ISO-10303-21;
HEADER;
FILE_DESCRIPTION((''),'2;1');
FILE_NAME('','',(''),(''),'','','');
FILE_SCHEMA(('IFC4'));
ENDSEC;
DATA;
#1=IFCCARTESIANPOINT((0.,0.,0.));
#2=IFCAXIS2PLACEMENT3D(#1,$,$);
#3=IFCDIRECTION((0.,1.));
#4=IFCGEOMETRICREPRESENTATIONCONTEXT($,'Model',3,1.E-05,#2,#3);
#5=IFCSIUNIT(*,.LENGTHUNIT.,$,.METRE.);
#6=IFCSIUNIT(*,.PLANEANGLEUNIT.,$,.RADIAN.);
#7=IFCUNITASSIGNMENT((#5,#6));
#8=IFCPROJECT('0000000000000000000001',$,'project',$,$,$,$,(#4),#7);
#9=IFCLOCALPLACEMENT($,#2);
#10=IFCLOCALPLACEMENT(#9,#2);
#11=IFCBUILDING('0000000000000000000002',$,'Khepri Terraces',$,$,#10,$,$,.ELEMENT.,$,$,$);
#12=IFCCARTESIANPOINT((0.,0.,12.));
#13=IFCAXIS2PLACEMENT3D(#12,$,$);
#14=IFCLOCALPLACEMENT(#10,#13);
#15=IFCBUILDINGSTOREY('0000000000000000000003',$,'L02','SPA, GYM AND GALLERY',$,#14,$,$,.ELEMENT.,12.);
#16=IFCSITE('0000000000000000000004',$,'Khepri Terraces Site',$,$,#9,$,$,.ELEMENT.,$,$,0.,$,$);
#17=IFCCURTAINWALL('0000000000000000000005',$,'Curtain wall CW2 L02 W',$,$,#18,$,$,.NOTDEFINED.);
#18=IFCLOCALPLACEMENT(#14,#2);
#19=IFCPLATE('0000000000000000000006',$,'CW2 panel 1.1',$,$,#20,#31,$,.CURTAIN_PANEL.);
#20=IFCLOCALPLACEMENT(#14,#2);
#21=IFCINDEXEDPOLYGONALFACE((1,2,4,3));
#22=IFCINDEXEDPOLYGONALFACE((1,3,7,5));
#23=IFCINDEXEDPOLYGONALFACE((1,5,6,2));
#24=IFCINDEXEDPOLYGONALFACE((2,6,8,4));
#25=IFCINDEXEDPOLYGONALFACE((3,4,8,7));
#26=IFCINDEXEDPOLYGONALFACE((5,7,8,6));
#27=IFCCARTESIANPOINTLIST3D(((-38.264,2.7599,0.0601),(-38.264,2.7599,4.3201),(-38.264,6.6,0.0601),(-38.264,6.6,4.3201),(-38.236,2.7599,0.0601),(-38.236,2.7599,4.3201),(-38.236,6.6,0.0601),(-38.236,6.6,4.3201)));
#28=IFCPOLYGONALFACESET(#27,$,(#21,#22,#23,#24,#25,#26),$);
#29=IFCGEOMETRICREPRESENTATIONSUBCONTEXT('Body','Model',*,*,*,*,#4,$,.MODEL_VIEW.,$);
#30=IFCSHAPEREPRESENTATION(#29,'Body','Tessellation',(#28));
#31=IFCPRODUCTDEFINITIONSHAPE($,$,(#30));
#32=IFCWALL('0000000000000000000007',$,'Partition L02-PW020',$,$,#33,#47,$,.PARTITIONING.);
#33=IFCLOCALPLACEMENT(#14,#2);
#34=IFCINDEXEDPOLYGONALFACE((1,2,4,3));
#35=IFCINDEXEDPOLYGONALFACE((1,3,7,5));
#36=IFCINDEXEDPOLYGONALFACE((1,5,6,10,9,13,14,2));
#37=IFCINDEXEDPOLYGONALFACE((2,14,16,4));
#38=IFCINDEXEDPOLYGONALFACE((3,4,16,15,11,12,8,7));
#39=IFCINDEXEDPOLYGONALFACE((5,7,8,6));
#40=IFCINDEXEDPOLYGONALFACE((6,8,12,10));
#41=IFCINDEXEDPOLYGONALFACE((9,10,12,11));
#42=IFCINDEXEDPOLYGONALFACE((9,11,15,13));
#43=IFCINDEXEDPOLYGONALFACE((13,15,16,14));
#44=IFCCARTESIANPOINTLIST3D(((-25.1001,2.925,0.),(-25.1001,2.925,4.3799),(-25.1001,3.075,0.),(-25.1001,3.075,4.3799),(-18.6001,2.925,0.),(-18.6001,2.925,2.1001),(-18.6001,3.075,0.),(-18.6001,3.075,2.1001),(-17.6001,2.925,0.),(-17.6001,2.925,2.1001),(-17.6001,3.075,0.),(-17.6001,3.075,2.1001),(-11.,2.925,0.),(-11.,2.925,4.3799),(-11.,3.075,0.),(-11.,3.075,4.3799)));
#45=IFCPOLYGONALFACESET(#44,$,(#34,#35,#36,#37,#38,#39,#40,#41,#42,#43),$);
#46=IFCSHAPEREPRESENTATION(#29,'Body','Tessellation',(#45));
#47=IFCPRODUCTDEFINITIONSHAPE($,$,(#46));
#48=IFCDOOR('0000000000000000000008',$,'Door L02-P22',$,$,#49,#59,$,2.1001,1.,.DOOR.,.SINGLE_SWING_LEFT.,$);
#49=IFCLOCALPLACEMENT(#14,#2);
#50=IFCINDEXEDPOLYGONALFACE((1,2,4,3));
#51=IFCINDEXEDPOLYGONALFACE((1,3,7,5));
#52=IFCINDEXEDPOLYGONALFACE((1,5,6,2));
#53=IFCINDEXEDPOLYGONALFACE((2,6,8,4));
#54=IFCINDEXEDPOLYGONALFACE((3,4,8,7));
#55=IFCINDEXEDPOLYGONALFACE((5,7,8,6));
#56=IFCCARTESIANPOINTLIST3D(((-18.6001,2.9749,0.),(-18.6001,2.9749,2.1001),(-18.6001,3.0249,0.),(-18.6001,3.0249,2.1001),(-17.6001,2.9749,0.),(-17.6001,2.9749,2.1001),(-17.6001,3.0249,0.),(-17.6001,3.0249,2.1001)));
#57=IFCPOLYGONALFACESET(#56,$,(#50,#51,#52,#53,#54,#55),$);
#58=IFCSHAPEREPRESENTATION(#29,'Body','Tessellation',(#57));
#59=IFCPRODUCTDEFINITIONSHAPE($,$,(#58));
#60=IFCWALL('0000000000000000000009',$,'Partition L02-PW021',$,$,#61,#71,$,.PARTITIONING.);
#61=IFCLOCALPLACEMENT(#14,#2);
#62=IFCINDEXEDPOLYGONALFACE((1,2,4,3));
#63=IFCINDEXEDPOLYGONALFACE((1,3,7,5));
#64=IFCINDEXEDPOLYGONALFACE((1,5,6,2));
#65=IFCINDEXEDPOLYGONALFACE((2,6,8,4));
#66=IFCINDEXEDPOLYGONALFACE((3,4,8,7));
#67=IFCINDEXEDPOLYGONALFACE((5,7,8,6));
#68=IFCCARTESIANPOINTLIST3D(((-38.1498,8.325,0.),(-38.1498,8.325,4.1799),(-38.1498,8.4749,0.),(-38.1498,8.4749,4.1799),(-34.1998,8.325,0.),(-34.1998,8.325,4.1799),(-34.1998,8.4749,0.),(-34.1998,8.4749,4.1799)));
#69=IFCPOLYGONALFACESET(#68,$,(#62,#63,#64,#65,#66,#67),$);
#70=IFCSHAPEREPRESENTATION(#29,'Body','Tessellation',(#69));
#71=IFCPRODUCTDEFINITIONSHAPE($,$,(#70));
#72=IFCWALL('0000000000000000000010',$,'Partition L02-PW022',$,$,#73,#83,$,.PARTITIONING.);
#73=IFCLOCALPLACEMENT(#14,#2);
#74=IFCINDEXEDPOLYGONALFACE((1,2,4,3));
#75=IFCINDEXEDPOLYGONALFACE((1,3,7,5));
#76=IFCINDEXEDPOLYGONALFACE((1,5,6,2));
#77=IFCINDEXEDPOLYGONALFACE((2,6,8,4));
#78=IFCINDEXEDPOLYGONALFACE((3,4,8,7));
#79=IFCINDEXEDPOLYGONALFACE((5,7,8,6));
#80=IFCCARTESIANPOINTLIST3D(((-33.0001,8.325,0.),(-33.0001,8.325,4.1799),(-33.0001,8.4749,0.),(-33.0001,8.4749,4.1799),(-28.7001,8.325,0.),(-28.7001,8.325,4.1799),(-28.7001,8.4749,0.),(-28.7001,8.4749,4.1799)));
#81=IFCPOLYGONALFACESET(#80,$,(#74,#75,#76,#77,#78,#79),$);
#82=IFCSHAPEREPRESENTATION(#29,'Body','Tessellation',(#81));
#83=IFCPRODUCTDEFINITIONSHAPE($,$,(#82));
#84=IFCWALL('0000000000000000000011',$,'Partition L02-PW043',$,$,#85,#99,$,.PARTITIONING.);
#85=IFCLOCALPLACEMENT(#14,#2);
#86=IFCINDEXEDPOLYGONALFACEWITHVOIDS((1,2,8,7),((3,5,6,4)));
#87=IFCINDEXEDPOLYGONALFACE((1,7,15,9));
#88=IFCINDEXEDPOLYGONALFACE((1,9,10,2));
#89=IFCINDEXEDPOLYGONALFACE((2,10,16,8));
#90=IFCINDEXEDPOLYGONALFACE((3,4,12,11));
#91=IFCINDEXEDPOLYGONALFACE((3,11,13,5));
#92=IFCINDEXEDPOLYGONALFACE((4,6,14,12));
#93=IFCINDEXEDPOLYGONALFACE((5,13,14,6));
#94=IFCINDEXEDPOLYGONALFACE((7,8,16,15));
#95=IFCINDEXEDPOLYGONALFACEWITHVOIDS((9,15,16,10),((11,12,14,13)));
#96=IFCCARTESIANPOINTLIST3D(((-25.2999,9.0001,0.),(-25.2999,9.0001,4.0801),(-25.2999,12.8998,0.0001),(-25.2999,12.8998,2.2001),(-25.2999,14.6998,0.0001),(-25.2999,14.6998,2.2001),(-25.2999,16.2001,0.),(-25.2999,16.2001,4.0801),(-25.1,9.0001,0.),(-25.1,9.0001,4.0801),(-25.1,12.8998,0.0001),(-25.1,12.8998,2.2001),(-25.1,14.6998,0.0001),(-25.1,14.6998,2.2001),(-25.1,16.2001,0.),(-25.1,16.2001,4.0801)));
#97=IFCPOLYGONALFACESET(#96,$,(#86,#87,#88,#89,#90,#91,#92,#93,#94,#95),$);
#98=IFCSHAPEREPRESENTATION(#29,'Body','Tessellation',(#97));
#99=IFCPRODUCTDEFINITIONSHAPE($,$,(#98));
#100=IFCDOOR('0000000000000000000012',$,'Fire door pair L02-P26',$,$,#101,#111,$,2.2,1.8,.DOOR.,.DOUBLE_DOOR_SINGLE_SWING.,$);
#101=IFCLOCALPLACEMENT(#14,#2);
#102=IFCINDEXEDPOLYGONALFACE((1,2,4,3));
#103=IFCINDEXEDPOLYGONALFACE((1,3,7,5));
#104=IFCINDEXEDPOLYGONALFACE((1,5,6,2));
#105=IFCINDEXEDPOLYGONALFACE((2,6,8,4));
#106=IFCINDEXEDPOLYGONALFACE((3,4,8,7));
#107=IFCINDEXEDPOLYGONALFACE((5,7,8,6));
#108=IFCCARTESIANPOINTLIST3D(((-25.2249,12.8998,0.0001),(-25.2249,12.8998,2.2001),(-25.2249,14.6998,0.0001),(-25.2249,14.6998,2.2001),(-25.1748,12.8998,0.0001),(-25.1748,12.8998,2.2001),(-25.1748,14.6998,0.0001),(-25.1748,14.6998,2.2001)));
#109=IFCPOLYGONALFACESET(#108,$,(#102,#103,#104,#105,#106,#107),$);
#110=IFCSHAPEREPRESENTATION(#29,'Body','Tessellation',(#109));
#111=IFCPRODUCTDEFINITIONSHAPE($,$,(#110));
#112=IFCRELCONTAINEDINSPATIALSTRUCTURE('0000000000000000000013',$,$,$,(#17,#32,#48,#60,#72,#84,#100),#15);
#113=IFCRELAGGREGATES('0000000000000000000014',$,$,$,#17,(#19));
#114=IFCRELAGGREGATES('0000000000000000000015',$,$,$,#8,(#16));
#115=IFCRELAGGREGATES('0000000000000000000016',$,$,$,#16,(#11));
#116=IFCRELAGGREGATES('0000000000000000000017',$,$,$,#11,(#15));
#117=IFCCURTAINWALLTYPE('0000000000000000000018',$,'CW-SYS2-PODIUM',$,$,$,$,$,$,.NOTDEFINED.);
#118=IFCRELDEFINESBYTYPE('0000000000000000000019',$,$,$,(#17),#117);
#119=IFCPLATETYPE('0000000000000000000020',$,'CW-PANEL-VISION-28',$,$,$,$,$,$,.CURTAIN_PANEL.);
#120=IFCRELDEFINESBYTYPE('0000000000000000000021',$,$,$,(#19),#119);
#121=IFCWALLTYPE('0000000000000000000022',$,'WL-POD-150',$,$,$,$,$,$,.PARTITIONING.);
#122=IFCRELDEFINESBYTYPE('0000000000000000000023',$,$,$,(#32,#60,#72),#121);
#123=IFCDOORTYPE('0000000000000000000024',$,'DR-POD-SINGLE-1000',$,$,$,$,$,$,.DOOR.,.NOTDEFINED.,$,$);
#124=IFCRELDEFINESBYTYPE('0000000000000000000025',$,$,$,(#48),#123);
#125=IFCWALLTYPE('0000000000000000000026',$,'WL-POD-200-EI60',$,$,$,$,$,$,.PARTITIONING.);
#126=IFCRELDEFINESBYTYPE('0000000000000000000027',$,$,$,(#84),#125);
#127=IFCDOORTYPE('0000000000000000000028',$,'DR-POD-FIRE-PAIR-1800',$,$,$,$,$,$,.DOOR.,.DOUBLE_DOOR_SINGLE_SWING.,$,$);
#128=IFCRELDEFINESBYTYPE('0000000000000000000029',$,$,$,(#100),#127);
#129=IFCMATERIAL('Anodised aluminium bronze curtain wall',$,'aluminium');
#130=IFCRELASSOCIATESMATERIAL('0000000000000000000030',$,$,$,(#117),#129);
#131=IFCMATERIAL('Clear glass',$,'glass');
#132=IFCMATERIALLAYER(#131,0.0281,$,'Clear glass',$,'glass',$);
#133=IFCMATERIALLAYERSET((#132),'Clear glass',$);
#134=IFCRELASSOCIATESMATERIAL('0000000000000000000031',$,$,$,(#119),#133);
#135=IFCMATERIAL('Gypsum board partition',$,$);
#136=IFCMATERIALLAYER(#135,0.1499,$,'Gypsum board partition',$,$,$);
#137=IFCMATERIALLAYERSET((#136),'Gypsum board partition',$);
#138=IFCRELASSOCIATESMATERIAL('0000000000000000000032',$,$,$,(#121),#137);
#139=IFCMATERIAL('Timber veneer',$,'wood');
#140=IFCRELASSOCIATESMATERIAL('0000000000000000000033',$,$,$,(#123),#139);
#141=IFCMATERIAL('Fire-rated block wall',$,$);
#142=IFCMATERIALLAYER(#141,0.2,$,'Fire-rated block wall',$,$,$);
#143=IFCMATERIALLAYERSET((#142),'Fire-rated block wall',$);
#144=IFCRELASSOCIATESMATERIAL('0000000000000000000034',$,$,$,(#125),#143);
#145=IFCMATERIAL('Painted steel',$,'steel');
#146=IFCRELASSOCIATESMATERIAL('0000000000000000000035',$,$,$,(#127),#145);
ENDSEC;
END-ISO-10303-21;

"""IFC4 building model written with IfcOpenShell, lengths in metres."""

from ifc_helpers import new_model, si_unit, direction, frame, frame_2d, origin, origin_2d, place, context, subcontext, project, spatial, rectangle, extrude, material, layer, layer_set, type_object, element, fill, aggregate, save


model = new_model("IFC4")

# Units and contexts
model_context = context("Model", 3, precision=1e-05, world=origin(), true_north=direction((0.0, 1.0)))
body_context = subcontext(model_context, "Body", "Model", "MODEL_VIEW")
ifc_project = project(units=[si_unit("LENGTHUNIT", "METRE"), si_unit("PLANEANGLEUNIT", "RADIAN")], contexts=[model_context])

# Site, building, storey
site_placement = place(None, origin())
site = spatial("IfcSite", under=ifc_project, at=site_placement, Name="Khepri Terraces Site", CompositionType="ELEMENT", RefElevation=0.0)
building_placement = place(site_placement, origin())
building = spatial("IfcBuilding", under=site, at=building_placement, Name="Khepri Terraces", CompositionType="ELEMENT")
storey_placement = place(building_placement, frame((0.0, 0.0, 12.0)))
storey = spatial("IfcBuildingStorey", under=building, at=storey_placement, Name="L02", Description="SPA, GYM AND GALLERY", CompositionType="ELEMENT", Elevation=12.0)

# Curtain wall
ifc_material_1 = material(Name="Anodised aluminium bronze curtain wall", Category="aluminium")
curtain_wall_type = type_object("IfcCurtainWallType", Name="CW-SYS2-PODIUM", PredefinedType="NOTDEFINED", material=ifc_material_1)
curtain_wall_placement = place(storey_placement, origin())
curtain_wall = element("IfcCurtainWall", 1, at=curtain_wall_placement, inside=storey, type_object=curtain_wall_type, Name="Curtain wall CW2 L02 W", PredefinedType="NOTDEFINED")

# Plate
ifc_material_2 = material(Name="Clear glass", Category="glass")
ifc_layer_1 = layer(ifc_material_2, 0.0281, Name="Clear glass", Category="glass")
ifc_layer_set_1 = layer_set([ifc_layer_1], Name="Clear glass")
plate_type = type_object("IfcPlateType", Name="CW-PANEL-VISION-28", PredefinedType="CURTAIN_PANEL", material=ifc_layer_set_1)
plate_placement = place(storey_placement, frame((-38.25, 4.6799, 0.0601), z_axis=(0.0, 0.0, 1.0), x_axis=(0.0, -1.0, 0.0)))
plate = element("IfcPlate", 2, at=plate_placement, type_object=plate_type, Name="CW2 panel 1.1", PredefinedType="CURTAIN_PANEL", context=body_context, shape_type="SweptSolid", body=[
    extrude(rectangle(XDim=3.8401, YDim=0.0281, at=origin_2d()), origin(), (0.0, 0.0, 1.0), 4.26),
])
aggregate(curtain_wall, [plate])

# Wall, opening, door
ifc_material_3 = material(Name="Gypsum board partition")
ifc_layer_2 = layer(ifc_material_3, 0.1499, Name="Gypsum board partition")
ifc_layer_set_2 = layer_set([ifc_layer_2], Name="Gypsum board partition")
wall_type_1 = type_object("IfcWallType", Name="WL-POD-150", PredefinedType="PARTITIONING", material=ifc_layer_set_2)
wall_1_placement = place(storey_placement, frame((-25.1001, 3.0, 0.0), z_axis=(0.0, 0.0, 1.0), x_axis=(1.0, 0.0, 0.0)))
wall_1 = element("IfcWall", 3, at=wall_1_placement, inside=storey, type_object=wall_type_1, Name="Partition L02-PW020", PredefinedType="PARTITIONING", context=body_context, shape_type="SweptSolid", body=[
    extrude(rectangle(XDim=14.1001, YDim=0.1499, at=frame_2d((7.05, 0.0))), origin(), (0.0, 0.0, 1.0), 4.3799),
])
opening_1_placement = place(wall_1_placement, frame((6.5, 0.0, 0.0)))
opening_1 = element("IfcOpeningElement", 4, at=opening_1_placement, cuts=wall_1, PredefinedType="OPENING", context=body_context, shape_type="SweptSolid", body=[
    extrude(rectangle(XDim=1.0, YDim=2.1001, at=frame_2d((0.5, 1.05))), frame((0.0, 0.085, 0.0), z_axis=(0.0, -1.0, 0.0), x_axis=(1.0, 0.0, 0.0)), (0.0, 0.0, 1.0), 0.1699),
])
ifc_material_4 = material(Name="Timber veneer", Category="wood")
door_type_1 = type_object("IfcDoorType", Name="DR-POD-SINGLE-1000", OperationType="NOTDEFINED", PredefinedType="DOOR", material=ifc_material_4)
door_1_placement = place(opening_1_placement, origin())
door_1 = element("IfcDoor", 5, at=door_1_placement, inside=storey, type_object=door_type_1, Name="Door L02-P22", OperationType="SINGLE_SWING_LEFT", OverallHeight=2.1001, OverallWidth=1.0, PredefinedType="DOOR", context=body_context, shape_type="SweptSolid", body=[
    extrude(rectangle(XDim=1.0, YDim=2.1001, at=frame_2d((0.5, 1.05))), frame((0.0, 0.0249, 0.0), z_axis=(0.0, -1.0, 0.0), x_axis=(1.0, 0.0, 0.0)), (0.0, 0.0, 1.0), 0.05),
])
fill(opening_1, door_1)

# Walls
wall_2_placement = place(storey_placement, frame((-38.1499, 8.3999, 0.0), z_axis=(0.0, 0.0, 1.0), x_axis=(1.0, 0.0, 0.0)))
element("IfcWall", 6, at=wall_2_placement, inside=storey, type_object=wall_type_1, Name="Partition L02-PW021", PredefinedType="PARTITIONING", context=body_context, shape_type="SweptSolid", body=[
    extrude(rectangle(XDim=3.95, YDim=0.1499, at=frame_2d((1.9751, 0.0))), origin(), (0.0, 0.0, 1.0), 4.1799),
])
wall_3_placement = place(storey_placement, frame((-33.0, 8.3999, 0.0), z_axis=(0.0, 0.0, 1.0), x_axis=(1.0, 0.0, 0.0)))
element("IfcWall", 7, at=wall_3_placement, inside=storey, type_object=wall_type_1, Name="Partition L02-PW022", PredefinedType="PARTITIONING", context=body_context, shape_type="SweptSolid", body=[
    extrude(rectangle(XDim=4.3, YDim=0.1499, at=frame_2d((2.1499, 0.0))), origin(), (0.0, 0.0, 1.0), 4.1799),
])

# Wall, opening, door
ifc_material_5 = material(Name="Fire-rated block wall")
ifc_layer_3 = layer(ifc_material_5, 0.2, Name="Fire-rated block wall")
ifc_layer_set_3 = layer_set([ifc_layer_3], Name="Fire-rated block wall")
wall_type_2 = type_object("IfcWallType", Name="WL-POD-200-EI60", PredefinedType="PARTITIONING", material=ifc_layer_set_3)
wall_4_placement = place(storey_placement, frame((-25.2, 9.0, 0.0), z_axis=(0.0, 0.0, 1.0), x_axis=(0.0, 1.0, 0.0)))
wall_4 = element("IfcWall", 8, at=wall_4_placement, inside=storey, type_object=wall_type_2, Name="Partition L02-PW043", PredefinedType="PARTITIONING", context=body_context, shape_type="SweptSolid", body=[
    extrude(rectangle(XDim=7.2, YDim=0.2, at=frame_2d((3.6001, 0.0))), origin(), (0.0, 0.0, 1.0), 4.0801),
])
opening_2_placement = place(wall_4_placement, frame((3.8999, 0.0, 0.0)))
opening_2 = element("IfcOpeningElement", 9, at=opening_2_placement, cuts=wall_4, PredefinedType="OPENING", context=body_context, shape_type="SweptSolid", body=[
    extrude(rectangle(XDim=1.8, YDim=2.2, at=frame_2d((0.8999, 1.1001))), frame((0.0, 0.1099, 0.0), z_axis=(0.0, -1.0, 0.0), x_axis=(1.0, 0.0, 0.0)), (0.0, 0.0, 1.0), 0.22),
])
ifc_material_6 = material(Name="Painted steel", Category="steel")
door_type_2 = type_object("IfcDoorType", Name="DR-POD-FIRE-PAIR-1800", OperationType="DOUBLE_DOOR_SINGLE_SWING", PredefinedType="DOOR", material=ifc_material_6)
door_2_placement = place(opening_2_placement, origin())
door_2 = element("IfcDoor", 10, at=door_2_placement, inside=storey, type_object=door_type_2, Name="Fire door pair L02-P26", OperationType="DOUBLE_DOOR_SINGLE_SWING", OverallHeight=2.2, OverallWidth=1.8, PredefinedType="DOOR", context=body_context, shape_type="SweptSolid", body=[
    extrude(rectangle(XDim=1.8, YDim=2.2, at=frame_2d((0.8999, 1.1001))), frame((0.0, 0.0249, 0.0), z_axis=(0.0, -1.0, 0.0), x_axis=(1.0, 0.0, 0.0)), (0.0, 0.0, 1.0), 0.05),
])
fill(opening_2, door_2)

save(model, "model.ifc")
